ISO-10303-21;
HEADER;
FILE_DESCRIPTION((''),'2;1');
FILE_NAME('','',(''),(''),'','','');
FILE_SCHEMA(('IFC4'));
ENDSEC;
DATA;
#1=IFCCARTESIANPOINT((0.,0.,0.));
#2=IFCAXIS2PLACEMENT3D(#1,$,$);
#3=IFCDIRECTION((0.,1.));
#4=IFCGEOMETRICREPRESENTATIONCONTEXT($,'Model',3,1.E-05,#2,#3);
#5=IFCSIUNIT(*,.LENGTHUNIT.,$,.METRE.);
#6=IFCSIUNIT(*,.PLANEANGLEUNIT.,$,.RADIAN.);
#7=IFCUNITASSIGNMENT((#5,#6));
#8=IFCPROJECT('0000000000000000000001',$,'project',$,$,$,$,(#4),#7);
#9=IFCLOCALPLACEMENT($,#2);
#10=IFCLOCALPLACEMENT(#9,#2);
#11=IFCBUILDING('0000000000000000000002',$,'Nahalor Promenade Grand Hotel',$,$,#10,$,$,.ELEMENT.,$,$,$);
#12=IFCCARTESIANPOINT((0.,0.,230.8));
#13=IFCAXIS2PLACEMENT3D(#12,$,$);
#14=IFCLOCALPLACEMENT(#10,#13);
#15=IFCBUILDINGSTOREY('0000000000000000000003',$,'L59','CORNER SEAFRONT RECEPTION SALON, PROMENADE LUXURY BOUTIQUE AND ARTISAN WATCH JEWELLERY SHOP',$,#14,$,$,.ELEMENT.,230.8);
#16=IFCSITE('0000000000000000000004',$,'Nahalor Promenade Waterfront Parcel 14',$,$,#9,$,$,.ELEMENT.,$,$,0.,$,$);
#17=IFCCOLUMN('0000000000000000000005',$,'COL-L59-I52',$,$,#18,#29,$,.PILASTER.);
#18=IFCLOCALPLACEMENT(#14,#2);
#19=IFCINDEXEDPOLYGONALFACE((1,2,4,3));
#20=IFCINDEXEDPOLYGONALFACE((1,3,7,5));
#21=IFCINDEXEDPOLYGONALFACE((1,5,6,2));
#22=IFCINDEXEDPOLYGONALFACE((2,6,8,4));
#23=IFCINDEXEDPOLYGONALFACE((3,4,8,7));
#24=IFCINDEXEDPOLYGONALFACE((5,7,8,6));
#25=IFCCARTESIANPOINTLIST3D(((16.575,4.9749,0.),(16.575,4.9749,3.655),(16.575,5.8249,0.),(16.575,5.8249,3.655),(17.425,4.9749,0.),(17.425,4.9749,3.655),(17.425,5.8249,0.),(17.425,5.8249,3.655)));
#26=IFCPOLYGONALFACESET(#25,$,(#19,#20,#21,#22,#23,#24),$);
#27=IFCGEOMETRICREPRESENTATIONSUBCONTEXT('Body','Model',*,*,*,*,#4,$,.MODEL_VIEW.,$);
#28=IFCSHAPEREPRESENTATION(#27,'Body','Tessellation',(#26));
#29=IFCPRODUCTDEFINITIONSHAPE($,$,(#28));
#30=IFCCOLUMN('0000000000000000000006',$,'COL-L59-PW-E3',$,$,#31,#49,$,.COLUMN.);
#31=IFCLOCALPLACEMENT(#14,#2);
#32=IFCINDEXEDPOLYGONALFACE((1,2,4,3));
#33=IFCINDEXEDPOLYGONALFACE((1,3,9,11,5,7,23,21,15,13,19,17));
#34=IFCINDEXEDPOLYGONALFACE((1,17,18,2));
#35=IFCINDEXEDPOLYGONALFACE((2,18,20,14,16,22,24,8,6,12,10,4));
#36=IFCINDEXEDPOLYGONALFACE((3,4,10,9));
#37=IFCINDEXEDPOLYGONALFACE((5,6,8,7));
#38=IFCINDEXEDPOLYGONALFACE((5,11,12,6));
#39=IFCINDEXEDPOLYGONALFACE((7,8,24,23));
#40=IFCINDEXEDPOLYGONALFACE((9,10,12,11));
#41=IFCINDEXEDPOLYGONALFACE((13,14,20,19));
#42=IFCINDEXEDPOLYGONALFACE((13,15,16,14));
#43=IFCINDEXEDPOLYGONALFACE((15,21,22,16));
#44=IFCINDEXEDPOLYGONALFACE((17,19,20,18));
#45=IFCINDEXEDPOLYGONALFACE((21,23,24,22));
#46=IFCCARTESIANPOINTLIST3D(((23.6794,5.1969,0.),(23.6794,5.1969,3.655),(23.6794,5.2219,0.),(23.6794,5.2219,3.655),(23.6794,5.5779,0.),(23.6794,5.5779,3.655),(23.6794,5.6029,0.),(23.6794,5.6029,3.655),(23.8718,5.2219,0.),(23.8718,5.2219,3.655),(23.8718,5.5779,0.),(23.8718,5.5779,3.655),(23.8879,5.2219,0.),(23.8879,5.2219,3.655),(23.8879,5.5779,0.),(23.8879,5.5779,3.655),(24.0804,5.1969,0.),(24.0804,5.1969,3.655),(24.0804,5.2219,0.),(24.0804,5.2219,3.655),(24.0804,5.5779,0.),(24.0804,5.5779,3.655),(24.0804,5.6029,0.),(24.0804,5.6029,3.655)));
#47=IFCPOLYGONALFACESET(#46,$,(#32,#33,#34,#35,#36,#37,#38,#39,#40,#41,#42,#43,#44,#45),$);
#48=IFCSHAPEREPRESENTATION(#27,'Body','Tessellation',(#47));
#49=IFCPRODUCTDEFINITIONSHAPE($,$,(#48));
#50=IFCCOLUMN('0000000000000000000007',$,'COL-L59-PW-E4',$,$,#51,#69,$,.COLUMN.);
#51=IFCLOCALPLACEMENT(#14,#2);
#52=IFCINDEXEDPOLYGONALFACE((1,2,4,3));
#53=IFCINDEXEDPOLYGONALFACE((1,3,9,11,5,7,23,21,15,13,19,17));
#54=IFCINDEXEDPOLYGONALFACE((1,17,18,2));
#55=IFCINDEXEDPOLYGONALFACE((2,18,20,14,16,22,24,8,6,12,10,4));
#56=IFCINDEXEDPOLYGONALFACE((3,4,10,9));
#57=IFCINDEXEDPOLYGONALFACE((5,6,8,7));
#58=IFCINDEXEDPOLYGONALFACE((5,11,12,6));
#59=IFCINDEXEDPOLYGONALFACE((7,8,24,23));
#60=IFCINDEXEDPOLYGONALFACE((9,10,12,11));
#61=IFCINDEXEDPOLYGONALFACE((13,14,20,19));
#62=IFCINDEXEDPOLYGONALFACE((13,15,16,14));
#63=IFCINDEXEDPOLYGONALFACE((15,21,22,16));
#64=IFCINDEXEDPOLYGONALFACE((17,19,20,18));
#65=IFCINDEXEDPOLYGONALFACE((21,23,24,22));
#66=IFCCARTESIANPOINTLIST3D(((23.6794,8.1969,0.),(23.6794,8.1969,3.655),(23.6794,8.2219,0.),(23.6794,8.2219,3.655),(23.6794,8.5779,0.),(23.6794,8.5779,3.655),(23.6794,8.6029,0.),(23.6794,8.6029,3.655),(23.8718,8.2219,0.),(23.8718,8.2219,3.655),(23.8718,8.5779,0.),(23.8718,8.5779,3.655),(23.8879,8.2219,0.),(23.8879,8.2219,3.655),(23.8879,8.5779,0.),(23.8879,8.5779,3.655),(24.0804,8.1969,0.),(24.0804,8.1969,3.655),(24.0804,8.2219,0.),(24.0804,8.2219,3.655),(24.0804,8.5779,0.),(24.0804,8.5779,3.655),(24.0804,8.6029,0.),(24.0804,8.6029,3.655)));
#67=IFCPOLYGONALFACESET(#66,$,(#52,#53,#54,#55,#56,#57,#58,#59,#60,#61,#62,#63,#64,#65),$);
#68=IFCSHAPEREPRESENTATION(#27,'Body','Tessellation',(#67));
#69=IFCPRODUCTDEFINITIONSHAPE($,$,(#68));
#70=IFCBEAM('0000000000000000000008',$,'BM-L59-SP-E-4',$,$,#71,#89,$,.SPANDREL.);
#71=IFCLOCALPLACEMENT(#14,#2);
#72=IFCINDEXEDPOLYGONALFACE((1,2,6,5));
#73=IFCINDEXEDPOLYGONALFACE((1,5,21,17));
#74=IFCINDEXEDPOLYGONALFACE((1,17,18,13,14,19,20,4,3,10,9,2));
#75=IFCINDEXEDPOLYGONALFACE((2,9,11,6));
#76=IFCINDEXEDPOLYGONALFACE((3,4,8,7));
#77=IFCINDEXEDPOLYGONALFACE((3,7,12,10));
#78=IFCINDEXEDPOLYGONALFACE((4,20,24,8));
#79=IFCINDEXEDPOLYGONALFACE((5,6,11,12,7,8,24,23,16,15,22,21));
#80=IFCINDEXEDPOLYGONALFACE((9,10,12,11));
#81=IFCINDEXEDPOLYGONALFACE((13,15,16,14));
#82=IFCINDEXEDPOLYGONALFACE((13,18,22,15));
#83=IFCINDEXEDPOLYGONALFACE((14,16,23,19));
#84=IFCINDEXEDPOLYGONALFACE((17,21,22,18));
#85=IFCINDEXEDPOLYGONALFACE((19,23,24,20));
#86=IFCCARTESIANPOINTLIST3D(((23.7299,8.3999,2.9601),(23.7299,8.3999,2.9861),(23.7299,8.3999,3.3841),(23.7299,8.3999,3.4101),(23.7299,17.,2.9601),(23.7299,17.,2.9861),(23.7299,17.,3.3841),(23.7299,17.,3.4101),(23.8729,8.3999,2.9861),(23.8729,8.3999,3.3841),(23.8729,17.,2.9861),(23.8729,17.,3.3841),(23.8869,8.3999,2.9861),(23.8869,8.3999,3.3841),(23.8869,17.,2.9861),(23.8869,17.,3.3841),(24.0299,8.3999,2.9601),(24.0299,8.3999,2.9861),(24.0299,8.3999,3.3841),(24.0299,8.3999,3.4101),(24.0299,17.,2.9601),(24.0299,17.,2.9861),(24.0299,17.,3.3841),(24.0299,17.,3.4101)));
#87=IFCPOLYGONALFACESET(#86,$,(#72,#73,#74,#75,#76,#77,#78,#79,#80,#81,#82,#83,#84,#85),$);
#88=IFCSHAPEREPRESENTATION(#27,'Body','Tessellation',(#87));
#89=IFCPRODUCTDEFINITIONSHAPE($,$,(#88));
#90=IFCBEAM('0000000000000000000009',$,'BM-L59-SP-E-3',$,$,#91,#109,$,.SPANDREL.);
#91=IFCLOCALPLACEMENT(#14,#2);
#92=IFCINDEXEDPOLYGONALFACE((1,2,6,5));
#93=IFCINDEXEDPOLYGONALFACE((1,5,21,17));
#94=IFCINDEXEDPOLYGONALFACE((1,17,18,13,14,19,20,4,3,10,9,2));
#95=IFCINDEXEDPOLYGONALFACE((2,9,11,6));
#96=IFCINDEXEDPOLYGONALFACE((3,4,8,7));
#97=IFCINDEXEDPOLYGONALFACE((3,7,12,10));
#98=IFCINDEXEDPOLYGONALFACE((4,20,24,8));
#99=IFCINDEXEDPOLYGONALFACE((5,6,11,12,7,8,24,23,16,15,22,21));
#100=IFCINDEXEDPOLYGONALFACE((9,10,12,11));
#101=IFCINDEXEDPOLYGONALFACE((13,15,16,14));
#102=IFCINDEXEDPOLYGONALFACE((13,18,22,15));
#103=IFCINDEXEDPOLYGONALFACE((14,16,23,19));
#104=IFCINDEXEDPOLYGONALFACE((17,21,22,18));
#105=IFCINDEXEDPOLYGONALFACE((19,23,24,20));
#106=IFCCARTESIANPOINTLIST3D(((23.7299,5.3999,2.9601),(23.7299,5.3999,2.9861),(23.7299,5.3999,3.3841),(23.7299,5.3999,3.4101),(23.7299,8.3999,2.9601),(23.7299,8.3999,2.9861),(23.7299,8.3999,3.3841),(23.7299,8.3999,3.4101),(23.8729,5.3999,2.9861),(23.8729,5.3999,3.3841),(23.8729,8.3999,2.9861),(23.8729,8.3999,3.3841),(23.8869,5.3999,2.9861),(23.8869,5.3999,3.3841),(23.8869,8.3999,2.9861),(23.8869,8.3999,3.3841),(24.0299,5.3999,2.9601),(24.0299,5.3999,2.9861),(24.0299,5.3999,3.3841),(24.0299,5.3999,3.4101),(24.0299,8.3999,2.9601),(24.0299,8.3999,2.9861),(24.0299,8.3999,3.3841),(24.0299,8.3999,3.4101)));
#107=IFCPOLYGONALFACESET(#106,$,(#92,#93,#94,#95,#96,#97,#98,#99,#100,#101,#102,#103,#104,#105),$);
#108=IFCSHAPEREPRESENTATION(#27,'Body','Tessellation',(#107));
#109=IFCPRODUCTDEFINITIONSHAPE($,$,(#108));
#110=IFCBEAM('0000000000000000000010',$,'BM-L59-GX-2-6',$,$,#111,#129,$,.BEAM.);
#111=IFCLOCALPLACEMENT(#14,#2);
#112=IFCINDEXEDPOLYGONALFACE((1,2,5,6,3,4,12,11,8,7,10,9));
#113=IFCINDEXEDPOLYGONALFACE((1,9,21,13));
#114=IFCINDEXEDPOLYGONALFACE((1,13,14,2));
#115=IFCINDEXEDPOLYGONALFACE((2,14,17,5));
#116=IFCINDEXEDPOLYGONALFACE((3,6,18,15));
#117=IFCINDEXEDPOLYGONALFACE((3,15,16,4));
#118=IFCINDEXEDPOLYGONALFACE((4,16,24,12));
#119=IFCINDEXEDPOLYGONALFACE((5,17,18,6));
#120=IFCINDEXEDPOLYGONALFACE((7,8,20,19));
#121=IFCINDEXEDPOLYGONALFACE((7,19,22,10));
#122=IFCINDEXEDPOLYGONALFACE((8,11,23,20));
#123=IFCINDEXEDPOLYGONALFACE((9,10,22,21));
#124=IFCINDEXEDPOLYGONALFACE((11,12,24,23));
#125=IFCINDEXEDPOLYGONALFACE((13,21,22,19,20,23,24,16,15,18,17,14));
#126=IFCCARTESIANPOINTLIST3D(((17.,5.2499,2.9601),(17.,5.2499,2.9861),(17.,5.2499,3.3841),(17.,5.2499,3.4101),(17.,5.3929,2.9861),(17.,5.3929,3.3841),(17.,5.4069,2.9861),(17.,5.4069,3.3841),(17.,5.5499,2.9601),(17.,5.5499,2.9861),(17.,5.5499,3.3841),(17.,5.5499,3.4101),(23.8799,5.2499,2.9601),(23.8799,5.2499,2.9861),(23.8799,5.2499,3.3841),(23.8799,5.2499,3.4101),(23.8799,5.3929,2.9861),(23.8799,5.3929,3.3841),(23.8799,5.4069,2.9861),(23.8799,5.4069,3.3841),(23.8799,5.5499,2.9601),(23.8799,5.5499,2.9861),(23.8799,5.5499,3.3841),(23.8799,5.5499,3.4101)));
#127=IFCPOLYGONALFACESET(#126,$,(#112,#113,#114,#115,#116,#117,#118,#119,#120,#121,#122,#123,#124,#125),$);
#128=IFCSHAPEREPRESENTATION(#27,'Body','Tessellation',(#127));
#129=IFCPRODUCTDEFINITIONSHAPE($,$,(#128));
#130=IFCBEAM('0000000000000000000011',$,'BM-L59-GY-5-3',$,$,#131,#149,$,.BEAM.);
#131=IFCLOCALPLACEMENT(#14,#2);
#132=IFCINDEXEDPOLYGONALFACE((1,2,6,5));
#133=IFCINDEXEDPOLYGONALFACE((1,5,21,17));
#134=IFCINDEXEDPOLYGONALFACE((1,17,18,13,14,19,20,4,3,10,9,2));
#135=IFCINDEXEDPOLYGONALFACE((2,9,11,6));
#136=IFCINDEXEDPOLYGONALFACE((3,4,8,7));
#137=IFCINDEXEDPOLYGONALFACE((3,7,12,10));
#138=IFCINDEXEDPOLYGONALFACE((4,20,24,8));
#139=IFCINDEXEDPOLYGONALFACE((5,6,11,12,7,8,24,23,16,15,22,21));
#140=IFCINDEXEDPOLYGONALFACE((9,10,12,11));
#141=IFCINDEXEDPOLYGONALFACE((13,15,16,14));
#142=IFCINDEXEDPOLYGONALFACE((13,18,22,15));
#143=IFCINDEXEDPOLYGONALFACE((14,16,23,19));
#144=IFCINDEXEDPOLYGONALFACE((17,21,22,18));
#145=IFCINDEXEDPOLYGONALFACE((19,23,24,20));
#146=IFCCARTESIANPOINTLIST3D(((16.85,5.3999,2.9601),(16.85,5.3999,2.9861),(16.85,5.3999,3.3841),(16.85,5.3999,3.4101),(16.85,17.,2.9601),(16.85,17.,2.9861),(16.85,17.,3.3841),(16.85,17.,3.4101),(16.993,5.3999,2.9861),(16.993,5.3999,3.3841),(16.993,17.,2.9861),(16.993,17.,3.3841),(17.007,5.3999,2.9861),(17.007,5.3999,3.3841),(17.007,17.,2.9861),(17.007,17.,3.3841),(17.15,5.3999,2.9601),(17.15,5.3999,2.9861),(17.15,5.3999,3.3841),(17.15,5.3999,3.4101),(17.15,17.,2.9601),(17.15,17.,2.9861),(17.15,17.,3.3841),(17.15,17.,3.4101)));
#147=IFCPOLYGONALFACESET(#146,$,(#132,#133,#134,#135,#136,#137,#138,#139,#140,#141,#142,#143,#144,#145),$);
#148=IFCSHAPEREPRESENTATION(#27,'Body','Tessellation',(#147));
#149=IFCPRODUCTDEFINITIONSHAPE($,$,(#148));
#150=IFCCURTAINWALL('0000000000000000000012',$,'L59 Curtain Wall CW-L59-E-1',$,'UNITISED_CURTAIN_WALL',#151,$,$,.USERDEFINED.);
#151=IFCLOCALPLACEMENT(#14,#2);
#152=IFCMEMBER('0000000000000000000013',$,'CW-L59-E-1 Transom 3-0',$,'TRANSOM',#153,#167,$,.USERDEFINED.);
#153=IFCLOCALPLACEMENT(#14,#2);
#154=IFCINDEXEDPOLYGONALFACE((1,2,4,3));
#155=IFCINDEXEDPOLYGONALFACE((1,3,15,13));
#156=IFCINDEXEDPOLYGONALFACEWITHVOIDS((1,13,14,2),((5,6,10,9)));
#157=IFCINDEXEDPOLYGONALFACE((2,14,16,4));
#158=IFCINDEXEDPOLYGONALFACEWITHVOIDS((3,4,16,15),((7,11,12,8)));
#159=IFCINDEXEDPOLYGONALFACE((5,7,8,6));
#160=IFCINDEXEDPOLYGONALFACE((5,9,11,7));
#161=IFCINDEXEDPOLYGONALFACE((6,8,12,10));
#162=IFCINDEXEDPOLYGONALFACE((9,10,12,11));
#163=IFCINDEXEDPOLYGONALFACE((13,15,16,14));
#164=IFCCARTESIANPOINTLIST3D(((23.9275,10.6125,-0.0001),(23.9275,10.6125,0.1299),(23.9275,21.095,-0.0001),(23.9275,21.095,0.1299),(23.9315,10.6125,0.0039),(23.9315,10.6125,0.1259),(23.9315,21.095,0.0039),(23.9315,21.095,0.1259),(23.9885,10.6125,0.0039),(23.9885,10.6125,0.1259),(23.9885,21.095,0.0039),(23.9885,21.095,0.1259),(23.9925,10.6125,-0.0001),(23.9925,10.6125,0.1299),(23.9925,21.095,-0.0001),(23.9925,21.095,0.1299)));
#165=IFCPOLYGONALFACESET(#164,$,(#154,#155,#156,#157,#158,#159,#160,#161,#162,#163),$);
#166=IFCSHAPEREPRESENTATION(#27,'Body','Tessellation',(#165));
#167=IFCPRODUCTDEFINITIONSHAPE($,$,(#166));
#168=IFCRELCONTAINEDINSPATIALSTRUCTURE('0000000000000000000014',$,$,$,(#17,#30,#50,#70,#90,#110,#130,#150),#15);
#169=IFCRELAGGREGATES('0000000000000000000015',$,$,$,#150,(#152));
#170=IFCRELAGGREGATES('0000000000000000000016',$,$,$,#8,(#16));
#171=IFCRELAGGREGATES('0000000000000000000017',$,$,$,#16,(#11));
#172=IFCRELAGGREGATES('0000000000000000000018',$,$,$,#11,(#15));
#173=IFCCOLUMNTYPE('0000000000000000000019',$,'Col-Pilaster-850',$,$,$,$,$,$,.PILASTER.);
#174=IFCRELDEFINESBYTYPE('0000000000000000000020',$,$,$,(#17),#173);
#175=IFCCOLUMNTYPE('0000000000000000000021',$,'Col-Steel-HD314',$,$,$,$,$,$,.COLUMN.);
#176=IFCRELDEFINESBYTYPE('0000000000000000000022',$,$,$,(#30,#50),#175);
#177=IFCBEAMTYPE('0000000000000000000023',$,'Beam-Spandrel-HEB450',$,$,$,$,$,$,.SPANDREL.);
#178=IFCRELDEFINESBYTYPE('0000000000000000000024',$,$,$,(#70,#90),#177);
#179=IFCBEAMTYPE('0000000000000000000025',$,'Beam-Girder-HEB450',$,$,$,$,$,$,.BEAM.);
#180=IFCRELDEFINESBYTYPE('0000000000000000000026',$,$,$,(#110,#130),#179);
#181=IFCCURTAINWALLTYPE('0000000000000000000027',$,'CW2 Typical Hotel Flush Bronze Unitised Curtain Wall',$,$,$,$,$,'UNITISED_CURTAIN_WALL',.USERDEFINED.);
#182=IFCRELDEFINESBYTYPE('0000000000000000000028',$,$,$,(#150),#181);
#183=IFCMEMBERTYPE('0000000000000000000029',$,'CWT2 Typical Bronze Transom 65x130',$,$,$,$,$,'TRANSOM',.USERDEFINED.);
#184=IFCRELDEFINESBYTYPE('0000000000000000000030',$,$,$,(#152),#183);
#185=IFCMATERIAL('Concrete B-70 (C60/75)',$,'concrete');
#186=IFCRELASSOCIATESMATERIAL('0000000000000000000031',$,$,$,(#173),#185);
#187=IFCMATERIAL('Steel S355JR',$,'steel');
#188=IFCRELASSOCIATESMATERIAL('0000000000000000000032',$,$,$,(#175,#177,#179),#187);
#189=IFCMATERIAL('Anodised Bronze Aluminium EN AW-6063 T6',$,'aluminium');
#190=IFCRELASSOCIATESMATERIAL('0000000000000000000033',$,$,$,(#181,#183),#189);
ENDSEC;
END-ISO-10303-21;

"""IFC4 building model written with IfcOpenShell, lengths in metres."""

from ifc_helpers import new_model, si_unit, direction, frame, origin, origin_2d, place, context, subcontext, project, spatial, rectangle, hollow_rectangle, i_section, extrude, source, transform, mapped, material, material_profile, profile_set, type_object, element, aggregate, save


model = new_model("IFC4")

# Units and contexts
model_context = context("Model", 3, precision=1e-05, world=origin(), true_north=direction((0.0, 1.0)))
body_context = subcontext(model_context, "Body", "Model", "MODEL_VIEW")
ifc_project = project(units=[si_unit("LENGTHUNIT", "METRE"), si_unit("PLANEANGLEUNIT", "RADIAN")], contexts=[model_context])

# Site, building, storey
site_placement = place(None, origin())
site = spatial("IfcSite", under=ifc_project, at=site_placement, Name="Nahalor Promenade Waterfront Parcel 14", CompositionType="ELEMENT", RefElevation=0.0)
building_placement = place(site_placement, origin())
building = spatial("IfcBuilding", under=site, at=building_placement, Name="Nahalor Promenade Grand Hotel", CompositionType="ELEMENT")
storey_placement = place(building_placement, frame((0.0, 0.0, 230.8)))
storey = spatial("IfcBuildingStorey", under=building, at=storey_placement, Name="L59", Description="CORNER SEAFRONT RECEPTION SALON, PROMENADE LUXURY BOUTIQUE AND ARTISAN WATCH JEWELLERY SHOP", CompositionType="ELEMENT", Elevation=230.8)

# Columns
ifc_material_1 = material(Name="Concrete B-70 (C60/75)", Category="concrete")
ifc_material_profile_1 = material_profile(ifc_material_1, rectangle(XDim=0.85, YDim=0.85, at=origin_2d()), Name="RC 850x850")
ifc_profile_set_1 = profile_set([ifc_material_profile_1], Name="Concrete B-70 (C60/75)")
column_type_1 = type_object("IfcColumnType", Name="Col-Pilaster-850", PredefinedType="PILASTER", material=ifc_profile_set_1)
shared_shape_1 = source(origin(), body_context, "Body", "SweptSolid", [
    extrude(rectangle(XDim=0.85, YDim=0.85, at=origin_2d()), origin(), (0.0, 0.0, 1.0), 3.655),
])
column_placement = place(storey_placement, frame((17.0, 5.3999, 0.0), z_axis=(0.0, 0.0, 1.0), x_axis=(1.0, 0.0, 0.0)))
element("IfcColumn", 1, at=column_placement, inside=storey, type_object=column_type_1, Name="COL-L59-I52", PredefinedType="PILASTER", context=body_context, shape_type="MappedRepresentation", body=[
    mapped(shared_shape_1, transform((0.0, 0.0, 0.0), scale=1.0)),
])
ifc_material_2 = material(Name="Steel S355JR", Category="steel")
ifc_material_profile_2 = material_profile(ifc_material_2, i_section(OverallWidth=0.401, OverallDepth=0.406, WebThickness=0.0161, FlangeThickness=0.025, at=origin_2d()), Name="HD 400x314")
ifc_profile_set_2 = profile_set([ifc_material_profile_2], Name="Steel S355JR")
column_type_2 = type_object("IfcColumnType", Name="Col-Steel-HD314", PredefinedType="COLUMN", material=ifc_profile_set_2)
shared_shape_2 = source(origin(), body_context, "Body", "SweptSolid", [
    extrude(i_section(OverallWidth=0.401, OverallDepth=0.406, WebThickness=0.0161, FlangeThickness=0.025, at=origin_2d()), origin(), (0.0, 0.0, 1.0), 3.655),
])
for number, where, z_axis, x_axis, name in (
    (2, (23.8799, 5.3999, 0.0), (0.0, 0.0, 1.0), (1.0, 0.0, 0.0), "COL-L59-PW-E3"),
    (3, (23.8799, 8.3999, 0.0), (0.0, 0.0, 1.0), (1.0, 0.0, 0.0), "COL-L59-PW-E4"),
):
    element("IfcColumn", number, at=place(storey_placement, frame(where, z_axis=z_axis, x_axis=x_axis)), inside=storey, type_object=column_type_2, Name=name, PredefinedType="COLUMN", context=body_context, shape_type="MappedRepresentation", body=[
        mapped(shared_shape_2, transform((0.0, 0.0, 0.0), scale=1.0)),
    ])

# Beams
ifc_material_profile_3 = material_profile(ifc_material_2, i_section(OverallWidth=0.3, OverallDepth=0.45, WebThickness=0.014, FlangeThickness=0.026, at=origin_2d()), Name="HEB 450")
ifc_profile_set_3 = profile_set([ifc_material_profile_3], Name="Steel S355JR")
beam_type_1 = type_object("IfcBeamType", Name="Beam-Spandrel-HEB450", PredefinedType="SPANDREL", material=ifc_profile_set_3)
shared_shape_3 = source(origin(), body_context, "Body", "SweptSolid", [
    extrude(i_section(OverallWidth=0.3, OverallDepth=0.45, WebThickness=0.014, FlangeThickness=0.026, at=origin_2d()), origin(), (0.0, 0.0, 1.0), 8.6001),
])
beam_1_placement = place(storey_placement, frame((23.8799, 8.3999, 3.1851), z_axis=(0.0, 1.0, 0.0), x_axis=(-1.0, 0.0, 0.0)))
element("IfcBeam", 4, at=beam_1_placement, inside=storey, type_object=beam_type_1, Name="BM-L59-SP-E-4", PredefinedType="SPANDREL", context=body_context, shape_type="MappedRepresentation", body=[
    mapped(shared_shape_3, transform((0.0, 0.0, 0.0), scale=1.0)),
])
shared_shape_4 = source(origin(), body_context, "Body", "SweptSolid", [
    extrude(i_section(OverallWidth=0.3, OverallDepth=0.45, WebThickness=0.014, FlangeThickness=0.026, at=origin_2d()), origin(), (0.0, 0.0, 1.0), 3.0),
])
beam_2_placement = place(storey_placement, frame((23.8799, 5.3999, 3.1851), z_axis=(0.0, 1.0, 0.0), x_axis=(-1.0, 0.0, 0.0)))
element("IfcBeam", 5, at=beam_2_placement, inside=storey, type_object=beam_type_1, Name="BM-L59-SP-E-3", PredefinedType="SPANDREL", context=body_context, shape_type="MappedRepresentation", body=[
    mapped(shared_shape_4, transform((0.0, 0.0, 0.0), scale=1.0)),
])
ifc_material_profile_4 = material_profile(ifc_material_2, i_section(OverallWidth=0.3, OverallDepth=0.45, WebThickness=0.014, FlangeThickness=0.026, at=origin_2d()), Name="HEB 450")
ifc_profile_set_4 = profile_set([ifc_material_profile_4], Name="Steel S355JR")
beam_type_2 = type_object("IfcBeamType", Name="Beam-Girder-HEB450", PredefinedType="BEAM", material=ifc_profile_set_4)
shared_shape_5 = source(origin(), body_context, "Body", "SweptSolid", [
    extrude(i_section(OverallWidth=0.3, OverallDepth=0.45, WebThickness=0.014, FlangeThickness=0.026, at=origin_2d()), origin(), (0.0, 0.0, 1.0), 6.8799),
])
beam_3_placement = place(storey_placement, frame((17.0, 5.3999, 3.1851), z_axis=(1.0, 0.0, 0.0), x_axis=(0.0, 1.0, 0.0)))
element("IfcBeam", 6, at=beam_3_placement, inside=storey, type_object=beam_type_2, Name="BM-L59-GX-2-6", PredefinedType="BEAM", context=body_context, shape_type="MappedRepresentation", body=[
    mapped(shared_shape_5, transform((0.0, 0.0, 0.0), scale=1.0)),
])
shared_shape_6 = source(origin(), body_context, "Body", "SweptSolid", [
    extrude(i_section(OverallWidth=0.3, OverallDepth=0.45, WebThickness=0.014, FlangeThickness=0.026, at=origin_2d()), origin(), (0.0, 0.0, 1.0), 11.6001),
])
beam_4_placement = place(storey_placement, frame((17.0, 5.3999, 3.1851), z_axis=(0.0, 1.0, 0.0), x_axis=(-1.0, 0.0, 0.0)))
element("IfcBeam", 7, at=beam_4_placement, inside=storey, type_object=beam_type_2, Name="BM-L59-GY-5-3", PredefinedType="BEAM", context=body_context, shape_type="MappedRepresentation", body=[
    mapped(shared_shape_6, transform((0.0, 0.0, 0.0), scale=1.0)),
])

# Curtain wall, member
ifc_material_3 = material(Name="Anodised Bronze Aluminium EN AW-6063 T6", Category="aluminium")
curtain_wall_type = type_object("IfcCurtainWallType", Name="CW2 Typical Hotel Flush Bronze Unitised Curtain Wall", ElementType="UNITISED_CURTAIN_WALL", PredefinedType="USERDEFINED", material=ifc_material_3)
curtain_wall_placement = place(storey_placement, origin())
curtain_wall = element("IfcCurtainWall", 8, at=curtain_wall_placement, inside=storey, type_object=curtain_wall_type, Name="L59 Curtain Wall CW-L59-E-1", ObjectType="UNITISED_CURTAIN_WALL", PredefinedType="USERDEFINED")
ifc_material_profile_5 = material_profile(ifc_material_3, hollow_rectangle(XDim=0.065, YDim=0.13, WallThickness=0.004, at=origin_2d()), Name="CWT 65x130x4")
ifc_profile_set_5 = profile_set([ifc_material_profile_5], Name="Anodised Bronze Aluminium EN AW-6063 T6")
member_type_1 = type_object("IfcMemberType", Name="CWT2 Typical Bronze Transom 65x130", ElementType="TRANSOM", PredefinedType="USERDEFINED", material=ifc_profile_set_5)
shared_shape_7 = source(origin(), body_context, "Body", "SweptSolid", [
    extrude(hollow_rectangle(XDim=0.065, YDim=0.13, WallThickness=0.004, at=origin_2d()), origin(), (0.0, 0.0, 1.0), 10.4824),
])
member_1_placement = place(storey_placement, frame((23.96, 10.6125, 0.0649), z_axis=(0.0, 1.0, 0.0), x_axis=(-1.0, 0.0, 0.0)))
member_1 = element("IfcMember", 9, at=member_1_placement, type_object=member_type_1, Name="CW-L59-E-1 Transom 3-0", ObjectType="TRANSOM", PredefinedType="USERDEFINED", context=body_context, shape_type="MappedRepresentation", body=[
    mapped(shared_shape_7, transform((0.0, 0.0, 0.0), scale=1.0)),
])
aggregate(curtain_wall, [member_1])

save(model, "model.ifc")
